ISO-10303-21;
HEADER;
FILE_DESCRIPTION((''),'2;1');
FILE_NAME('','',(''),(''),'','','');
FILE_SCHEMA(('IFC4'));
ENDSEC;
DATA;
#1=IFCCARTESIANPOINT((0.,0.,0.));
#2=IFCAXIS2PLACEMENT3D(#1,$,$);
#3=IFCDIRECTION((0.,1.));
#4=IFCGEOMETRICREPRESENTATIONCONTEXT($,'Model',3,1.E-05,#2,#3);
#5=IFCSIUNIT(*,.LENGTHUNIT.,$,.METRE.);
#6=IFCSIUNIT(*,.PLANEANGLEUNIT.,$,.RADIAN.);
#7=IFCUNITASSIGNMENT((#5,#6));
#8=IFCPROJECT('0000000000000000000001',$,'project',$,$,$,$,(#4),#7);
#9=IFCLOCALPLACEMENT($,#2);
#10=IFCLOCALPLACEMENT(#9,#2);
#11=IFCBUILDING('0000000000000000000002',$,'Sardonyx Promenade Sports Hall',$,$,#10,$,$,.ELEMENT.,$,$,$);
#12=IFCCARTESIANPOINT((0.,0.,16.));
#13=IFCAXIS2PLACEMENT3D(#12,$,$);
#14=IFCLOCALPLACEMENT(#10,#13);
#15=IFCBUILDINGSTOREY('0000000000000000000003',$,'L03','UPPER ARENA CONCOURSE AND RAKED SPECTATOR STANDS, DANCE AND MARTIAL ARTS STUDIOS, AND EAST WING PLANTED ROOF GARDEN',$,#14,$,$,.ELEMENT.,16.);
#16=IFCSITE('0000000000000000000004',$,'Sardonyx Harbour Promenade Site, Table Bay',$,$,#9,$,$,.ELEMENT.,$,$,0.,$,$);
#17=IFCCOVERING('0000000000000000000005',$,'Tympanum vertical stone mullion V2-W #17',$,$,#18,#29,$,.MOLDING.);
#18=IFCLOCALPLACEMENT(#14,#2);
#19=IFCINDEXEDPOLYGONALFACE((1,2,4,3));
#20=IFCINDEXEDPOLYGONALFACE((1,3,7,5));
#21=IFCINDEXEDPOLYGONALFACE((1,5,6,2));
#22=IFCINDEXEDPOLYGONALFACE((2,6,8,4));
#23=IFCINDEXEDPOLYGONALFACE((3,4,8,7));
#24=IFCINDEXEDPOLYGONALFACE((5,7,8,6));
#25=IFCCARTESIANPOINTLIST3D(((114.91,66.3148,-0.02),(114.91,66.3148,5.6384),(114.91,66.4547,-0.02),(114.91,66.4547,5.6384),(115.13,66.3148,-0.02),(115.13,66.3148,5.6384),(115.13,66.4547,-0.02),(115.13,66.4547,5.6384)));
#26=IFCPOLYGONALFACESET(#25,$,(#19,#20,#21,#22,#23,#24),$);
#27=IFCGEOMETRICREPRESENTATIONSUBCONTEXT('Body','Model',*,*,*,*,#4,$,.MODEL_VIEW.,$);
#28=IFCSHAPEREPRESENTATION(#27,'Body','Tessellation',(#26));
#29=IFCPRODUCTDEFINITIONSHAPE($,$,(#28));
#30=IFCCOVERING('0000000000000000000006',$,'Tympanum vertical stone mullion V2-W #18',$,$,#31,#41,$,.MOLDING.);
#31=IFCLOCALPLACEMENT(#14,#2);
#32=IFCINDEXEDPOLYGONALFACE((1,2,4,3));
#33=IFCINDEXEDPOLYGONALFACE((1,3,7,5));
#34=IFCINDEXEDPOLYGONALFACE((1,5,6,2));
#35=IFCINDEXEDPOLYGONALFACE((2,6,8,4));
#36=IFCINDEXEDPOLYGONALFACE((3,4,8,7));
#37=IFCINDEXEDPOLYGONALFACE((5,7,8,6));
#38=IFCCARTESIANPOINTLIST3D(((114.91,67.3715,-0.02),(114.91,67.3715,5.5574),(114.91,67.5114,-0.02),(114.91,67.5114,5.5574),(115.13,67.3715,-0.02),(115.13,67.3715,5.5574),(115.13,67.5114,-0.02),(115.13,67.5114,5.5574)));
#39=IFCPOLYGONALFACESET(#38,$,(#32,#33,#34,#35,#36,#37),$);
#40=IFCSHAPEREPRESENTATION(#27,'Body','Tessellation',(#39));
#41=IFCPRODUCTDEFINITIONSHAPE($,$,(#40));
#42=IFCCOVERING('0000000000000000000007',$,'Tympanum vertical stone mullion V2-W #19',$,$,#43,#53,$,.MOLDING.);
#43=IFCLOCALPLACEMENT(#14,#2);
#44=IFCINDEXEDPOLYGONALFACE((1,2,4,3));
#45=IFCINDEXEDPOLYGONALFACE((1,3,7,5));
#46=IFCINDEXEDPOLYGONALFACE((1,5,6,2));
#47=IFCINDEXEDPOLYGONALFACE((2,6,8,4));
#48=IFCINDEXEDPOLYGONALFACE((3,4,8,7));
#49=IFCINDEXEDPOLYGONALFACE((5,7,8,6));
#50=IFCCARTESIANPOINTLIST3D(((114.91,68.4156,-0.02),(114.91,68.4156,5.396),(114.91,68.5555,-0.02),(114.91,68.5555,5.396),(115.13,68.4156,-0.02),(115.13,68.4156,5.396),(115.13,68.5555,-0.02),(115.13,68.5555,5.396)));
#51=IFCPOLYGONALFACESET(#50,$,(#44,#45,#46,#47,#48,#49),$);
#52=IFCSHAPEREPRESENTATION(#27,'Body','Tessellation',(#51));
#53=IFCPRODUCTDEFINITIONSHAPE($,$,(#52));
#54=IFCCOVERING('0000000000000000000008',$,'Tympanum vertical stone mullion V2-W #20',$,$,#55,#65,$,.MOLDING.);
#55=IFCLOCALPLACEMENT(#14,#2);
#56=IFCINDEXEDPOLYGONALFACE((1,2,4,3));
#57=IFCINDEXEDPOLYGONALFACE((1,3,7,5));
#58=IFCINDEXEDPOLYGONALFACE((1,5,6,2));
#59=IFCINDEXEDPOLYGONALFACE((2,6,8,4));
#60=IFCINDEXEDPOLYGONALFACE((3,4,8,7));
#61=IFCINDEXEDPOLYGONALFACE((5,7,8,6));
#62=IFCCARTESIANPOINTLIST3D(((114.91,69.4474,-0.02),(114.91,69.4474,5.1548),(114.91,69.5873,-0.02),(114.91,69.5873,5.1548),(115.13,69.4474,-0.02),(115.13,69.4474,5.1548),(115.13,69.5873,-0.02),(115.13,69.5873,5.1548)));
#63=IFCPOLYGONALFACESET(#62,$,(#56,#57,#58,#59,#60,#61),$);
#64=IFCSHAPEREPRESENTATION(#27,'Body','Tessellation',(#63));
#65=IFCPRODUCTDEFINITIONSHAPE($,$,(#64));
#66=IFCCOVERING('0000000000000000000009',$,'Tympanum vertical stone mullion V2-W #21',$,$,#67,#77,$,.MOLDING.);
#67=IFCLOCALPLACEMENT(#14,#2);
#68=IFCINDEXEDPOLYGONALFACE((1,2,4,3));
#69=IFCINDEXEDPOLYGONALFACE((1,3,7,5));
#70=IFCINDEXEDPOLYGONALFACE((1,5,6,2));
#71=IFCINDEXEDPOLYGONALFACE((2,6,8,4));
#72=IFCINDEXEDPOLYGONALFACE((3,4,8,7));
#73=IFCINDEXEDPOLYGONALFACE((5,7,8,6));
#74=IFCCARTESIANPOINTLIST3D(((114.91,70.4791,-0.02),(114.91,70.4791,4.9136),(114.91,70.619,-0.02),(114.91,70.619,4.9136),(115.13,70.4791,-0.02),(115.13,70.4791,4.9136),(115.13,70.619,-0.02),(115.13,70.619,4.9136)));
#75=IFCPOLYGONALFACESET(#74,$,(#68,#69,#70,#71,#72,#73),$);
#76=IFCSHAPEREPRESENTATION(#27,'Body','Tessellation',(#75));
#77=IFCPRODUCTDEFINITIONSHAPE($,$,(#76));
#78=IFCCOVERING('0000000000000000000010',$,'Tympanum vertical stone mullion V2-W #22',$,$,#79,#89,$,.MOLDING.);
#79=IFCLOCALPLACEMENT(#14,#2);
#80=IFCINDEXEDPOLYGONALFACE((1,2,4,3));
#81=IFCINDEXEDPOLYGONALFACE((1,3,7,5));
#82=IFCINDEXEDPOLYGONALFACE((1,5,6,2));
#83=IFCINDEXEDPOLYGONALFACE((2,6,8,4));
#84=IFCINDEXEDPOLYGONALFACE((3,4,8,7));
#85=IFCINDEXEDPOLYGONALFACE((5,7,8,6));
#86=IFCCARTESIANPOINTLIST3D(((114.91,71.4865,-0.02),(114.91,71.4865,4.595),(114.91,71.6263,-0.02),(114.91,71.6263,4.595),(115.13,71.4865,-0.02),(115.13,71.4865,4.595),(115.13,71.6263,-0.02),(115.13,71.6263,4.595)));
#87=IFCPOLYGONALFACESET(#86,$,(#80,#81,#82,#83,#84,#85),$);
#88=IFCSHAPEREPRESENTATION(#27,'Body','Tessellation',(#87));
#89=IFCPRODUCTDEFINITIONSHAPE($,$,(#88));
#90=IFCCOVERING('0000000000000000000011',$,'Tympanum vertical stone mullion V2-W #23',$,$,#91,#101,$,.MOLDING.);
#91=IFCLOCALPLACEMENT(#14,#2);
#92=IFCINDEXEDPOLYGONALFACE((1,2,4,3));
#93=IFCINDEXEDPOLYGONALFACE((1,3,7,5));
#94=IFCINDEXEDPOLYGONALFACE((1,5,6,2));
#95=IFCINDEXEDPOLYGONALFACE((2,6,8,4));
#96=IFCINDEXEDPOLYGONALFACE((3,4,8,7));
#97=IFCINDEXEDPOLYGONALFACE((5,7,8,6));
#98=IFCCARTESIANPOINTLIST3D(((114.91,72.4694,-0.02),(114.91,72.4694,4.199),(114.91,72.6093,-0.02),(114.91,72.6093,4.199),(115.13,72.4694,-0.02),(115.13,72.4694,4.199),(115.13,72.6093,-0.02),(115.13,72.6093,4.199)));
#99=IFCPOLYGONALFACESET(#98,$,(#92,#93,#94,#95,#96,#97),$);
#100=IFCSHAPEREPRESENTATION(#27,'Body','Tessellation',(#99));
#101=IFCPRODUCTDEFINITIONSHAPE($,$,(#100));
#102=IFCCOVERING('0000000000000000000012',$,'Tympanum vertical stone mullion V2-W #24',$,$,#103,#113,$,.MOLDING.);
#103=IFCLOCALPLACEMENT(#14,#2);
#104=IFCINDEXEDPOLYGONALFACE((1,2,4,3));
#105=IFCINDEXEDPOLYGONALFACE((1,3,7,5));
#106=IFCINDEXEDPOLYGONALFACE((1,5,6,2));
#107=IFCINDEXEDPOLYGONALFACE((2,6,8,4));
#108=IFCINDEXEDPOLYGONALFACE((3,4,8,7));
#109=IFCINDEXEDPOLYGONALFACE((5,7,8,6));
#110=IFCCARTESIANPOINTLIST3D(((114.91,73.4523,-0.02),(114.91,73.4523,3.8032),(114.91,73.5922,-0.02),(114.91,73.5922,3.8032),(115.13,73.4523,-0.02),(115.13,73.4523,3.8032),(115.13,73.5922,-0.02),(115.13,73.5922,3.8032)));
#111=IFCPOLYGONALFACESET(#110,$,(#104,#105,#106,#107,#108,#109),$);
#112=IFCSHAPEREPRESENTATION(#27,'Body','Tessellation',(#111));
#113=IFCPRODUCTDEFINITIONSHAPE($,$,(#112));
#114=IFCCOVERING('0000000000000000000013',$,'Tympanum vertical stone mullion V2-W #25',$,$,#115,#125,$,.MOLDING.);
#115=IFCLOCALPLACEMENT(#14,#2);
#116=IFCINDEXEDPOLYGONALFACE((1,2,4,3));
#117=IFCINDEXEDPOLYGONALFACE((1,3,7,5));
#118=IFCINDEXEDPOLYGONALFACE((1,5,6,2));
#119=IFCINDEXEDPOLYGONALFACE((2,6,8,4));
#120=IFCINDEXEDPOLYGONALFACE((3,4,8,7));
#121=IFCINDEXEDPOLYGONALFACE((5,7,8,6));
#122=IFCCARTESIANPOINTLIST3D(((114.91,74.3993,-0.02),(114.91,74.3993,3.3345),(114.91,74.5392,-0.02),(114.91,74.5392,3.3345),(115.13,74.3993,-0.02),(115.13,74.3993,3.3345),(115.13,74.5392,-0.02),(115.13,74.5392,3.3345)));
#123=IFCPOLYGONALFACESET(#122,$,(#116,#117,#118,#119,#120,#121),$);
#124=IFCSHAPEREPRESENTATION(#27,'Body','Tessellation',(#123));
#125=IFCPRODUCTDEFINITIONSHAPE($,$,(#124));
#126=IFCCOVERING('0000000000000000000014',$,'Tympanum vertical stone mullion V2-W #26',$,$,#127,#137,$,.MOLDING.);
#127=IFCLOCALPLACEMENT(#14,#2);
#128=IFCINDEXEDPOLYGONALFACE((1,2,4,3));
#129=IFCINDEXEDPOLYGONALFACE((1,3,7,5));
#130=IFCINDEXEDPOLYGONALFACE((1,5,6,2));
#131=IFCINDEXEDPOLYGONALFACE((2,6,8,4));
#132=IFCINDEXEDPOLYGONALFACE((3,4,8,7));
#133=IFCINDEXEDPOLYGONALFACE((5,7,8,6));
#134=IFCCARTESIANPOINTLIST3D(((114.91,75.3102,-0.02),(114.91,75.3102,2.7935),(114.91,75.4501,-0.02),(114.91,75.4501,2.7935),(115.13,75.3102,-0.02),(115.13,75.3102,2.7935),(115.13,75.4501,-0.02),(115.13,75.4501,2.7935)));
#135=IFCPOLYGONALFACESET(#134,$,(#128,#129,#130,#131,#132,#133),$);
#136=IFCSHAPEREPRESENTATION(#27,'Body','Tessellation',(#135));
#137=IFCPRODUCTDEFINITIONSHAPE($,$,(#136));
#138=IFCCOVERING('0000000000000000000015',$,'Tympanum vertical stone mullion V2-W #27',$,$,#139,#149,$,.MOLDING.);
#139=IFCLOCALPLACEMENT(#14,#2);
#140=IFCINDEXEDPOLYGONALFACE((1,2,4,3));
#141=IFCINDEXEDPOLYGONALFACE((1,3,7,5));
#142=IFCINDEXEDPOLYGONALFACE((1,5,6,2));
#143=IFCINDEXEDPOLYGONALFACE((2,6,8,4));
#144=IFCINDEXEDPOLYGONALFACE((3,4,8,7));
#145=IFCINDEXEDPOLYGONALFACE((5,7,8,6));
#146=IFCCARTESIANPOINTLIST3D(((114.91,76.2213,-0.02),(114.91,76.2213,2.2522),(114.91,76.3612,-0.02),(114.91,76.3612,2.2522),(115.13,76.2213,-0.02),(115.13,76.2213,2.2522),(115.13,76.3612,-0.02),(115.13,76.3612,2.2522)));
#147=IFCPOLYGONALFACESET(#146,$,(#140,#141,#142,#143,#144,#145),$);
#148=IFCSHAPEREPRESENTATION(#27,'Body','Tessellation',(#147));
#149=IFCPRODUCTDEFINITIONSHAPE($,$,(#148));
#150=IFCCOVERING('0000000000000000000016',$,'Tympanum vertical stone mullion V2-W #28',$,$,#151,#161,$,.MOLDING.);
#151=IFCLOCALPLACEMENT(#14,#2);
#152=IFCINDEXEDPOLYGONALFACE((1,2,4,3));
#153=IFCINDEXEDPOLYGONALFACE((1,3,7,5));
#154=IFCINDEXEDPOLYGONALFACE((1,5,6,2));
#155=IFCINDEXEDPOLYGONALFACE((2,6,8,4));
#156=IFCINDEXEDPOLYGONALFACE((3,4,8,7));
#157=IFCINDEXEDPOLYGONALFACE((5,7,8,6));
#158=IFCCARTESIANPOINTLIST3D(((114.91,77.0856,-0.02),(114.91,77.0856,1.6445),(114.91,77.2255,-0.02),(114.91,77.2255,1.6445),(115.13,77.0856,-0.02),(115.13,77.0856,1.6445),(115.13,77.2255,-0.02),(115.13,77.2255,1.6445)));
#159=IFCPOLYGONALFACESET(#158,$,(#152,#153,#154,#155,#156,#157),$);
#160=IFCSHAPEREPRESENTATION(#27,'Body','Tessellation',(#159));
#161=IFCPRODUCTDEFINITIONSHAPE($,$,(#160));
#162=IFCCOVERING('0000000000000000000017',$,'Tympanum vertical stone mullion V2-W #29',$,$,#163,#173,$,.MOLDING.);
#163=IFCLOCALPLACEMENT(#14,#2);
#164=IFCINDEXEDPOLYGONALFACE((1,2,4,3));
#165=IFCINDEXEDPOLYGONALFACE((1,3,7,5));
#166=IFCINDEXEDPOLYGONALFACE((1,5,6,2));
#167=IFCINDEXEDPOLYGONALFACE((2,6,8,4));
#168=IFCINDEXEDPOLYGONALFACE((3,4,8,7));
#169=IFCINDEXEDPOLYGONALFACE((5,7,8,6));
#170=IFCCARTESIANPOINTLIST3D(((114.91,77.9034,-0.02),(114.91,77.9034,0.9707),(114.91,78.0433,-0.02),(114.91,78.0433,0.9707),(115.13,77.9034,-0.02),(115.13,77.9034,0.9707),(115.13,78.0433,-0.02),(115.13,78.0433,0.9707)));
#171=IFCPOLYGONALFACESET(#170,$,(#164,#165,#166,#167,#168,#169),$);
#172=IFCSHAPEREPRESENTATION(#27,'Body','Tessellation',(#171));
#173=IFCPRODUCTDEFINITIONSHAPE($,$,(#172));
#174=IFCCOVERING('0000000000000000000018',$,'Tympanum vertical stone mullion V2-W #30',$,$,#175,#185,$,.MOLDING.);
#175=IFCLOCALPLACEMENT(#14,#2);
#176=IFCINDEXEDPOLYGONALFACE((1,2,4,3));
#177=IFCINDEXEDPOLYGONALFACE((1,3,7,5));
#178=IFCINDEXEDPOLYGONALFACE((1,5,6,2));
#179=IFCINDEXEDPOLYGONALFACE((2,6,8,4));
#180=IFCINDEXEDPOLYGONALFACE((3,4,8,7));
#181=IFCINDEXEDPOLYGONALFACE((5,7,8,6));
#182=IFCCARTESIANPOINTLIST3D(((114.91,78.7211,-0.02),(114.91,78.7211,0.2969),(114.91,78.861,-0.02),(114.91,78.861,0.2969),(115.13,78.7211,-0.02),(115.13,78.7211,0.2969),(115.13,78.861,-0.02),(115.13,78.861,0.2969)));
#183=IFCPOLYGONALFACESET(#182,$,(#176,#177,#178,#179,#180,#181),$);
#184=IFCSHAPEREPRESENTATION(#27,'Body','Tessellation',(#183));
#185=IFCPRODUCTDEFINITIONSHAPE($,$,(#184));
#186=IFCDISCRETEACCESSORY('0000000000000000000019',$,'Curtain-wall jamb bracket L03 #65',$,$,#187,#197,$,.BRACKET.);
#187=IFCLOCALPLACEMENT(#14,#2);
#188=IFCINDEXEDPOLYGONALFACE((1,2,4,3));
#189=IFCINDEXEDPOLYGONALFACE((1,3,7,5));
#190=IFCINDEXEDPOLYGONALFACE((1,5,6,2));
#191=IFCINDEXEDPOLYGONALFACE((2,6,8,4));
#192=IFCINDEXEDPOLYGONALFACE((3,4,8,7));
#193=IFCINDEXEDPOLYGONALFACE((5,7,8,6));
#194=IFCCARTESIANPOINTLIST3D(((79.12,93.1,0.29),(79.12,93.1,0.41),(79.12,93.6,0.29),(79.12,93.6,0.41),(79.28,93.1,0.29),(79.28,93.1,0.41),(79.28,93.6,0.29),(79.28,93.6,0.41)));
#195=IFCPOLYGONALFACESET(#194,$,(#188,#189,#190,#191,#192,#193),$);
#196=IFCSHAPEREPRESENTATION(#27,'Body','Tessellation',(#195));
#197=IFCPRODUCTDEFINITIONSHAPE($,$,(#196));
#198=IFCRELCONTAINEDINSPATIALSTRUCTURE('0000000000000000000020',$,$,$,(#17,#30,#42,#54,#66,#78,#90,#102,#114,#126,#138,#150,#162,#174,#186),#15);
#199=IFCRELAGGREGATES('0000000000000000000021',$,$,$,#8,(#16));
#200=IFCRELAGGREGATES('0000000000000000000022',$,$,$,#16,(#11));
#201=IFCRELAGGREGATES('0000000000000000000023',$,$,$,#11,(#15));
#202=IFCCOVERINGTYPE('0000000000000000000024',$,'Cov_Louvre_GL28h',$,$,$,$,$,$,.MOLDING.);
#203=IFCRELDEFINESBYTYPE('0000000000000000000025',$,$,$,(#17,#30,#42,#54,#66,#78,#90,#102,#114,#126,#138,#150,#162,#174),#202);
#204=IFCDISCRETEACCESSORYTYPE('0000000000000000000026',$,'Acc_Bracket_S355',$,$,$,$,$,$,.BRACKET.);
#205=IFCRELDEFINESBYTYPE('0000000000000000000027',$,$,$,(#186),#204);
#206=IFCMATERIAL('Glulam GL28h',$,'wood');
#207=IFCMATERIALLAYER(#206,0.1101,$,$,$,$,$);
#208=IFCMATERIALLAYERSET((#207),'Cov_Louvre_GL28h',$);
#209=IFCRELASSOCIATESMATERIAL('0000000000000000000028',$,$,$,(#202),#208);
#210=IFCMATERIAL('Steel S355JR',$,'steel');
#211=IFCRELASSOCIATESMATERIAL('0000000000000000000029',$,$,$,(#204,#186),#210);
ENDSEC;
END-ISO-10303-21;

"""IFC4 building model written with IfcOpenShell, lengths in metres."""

from ifc_helpers import new_model, si_unit, direction, frame, origin, origin_2d, place, context, subcontext, project, spatial, rectangle, extrude, material, layer, layer_set, type_object, element, save


model = new_model("IFC4")

# Units and contexts
model_context = context("Model", 3, precision=1e-05, world=origin(), true_north=direction((0.0, 1.0)))
body_context = subcontext(model_context, "Body", "Model", "MODEL_VIEW")
ifc_project = project(units=[si_unit("LENGTHUNIT", "METRE"), si_unit("PLANEANGLEUNIT", "RADIAN")], contexts=[model_context])

# Site, building, storey
site_placement = place(None, origin())
site = spatial("IfcSite", under=ifc_project, at=site_placement, Name="Sardonyx Harbour Promenade Site, Table Bay", CompositionType="ELEMENT", RefElevation=0.0)
building_placement = place(site_placement, origin())
building = spatial("IfcBuilding", under=site, at=building_placement, Name="Sardonyx Promenade Sports Hall", CompositionType="ELEMENT")
storey_placement = place(building_placement, frame((0.0, 0.0, 16.0)))
storey = spatial("IfcBuildingStorey", under=building, at=storey_placement, Name="L03", Description="UPPER ARENA CONCOURSE AND RAKED SPECTATOR STANDS, DANCE AND MARTIAL ARTS STUDIOS, AND EAST WING PLANTED ROOF GARDEN", CompositionType="ELEMENT", Elevation=16.0)

# Coverings
ifc_material_1 = material(Name="Glulam GL28h", Category="wood")
ifc_layer_1 = layer(ifc_material_1, 0.1101)
ifc_layer_set_1 = layer_set([ifc_layer_1], Name="Cov_Louvre_GL28h")
covering_type = type_object("IfcCoveringType", Name="Cov_Louvre_GL28h", PredefinedType="MOLDING", material=ifc_layer_set_1)
covering_1_placement = place(storey_placement, frame((115.02, 66.3848, -0.02), z_axis=(0.0, 0.0, 1.0), x_axis=(1.0, 0.0, 0.0)))
element("IfcCovering", 1, at=covering_1_placement, inside=storey, type_object=covering_type, Name="Tympanum vertical stone mullion V2-W #17", PredefinedType="MOLDING", context=body_context, shape_type="SweptSolid", body=[
    extrude(rectangle(XDim=0.22, YDim=0.1399, at=origin_2d()), origin(), (0.0, 0.0, 1.0), 5.6584),
])
covering_2_placement = place(storey_placement, frame((115.02, 67.4414, -0.02), z_axis=(0.0, 0.0, 1.0), x_axis=(1.0, 0.0, 0.0)))
element("IfcCovering", 2, at=covering_2_placement, inside=storey, type_object=covering_type, Name="Tympanum vertical stone mullion V2-W #18", PredefinedType="MOLDING", context=body_context, shape_type="SweptSolid", body=[
    extrude(rectangle(XDim=0.22, YDim=0.1399, at=origin_2d()), origin(), (0.0, 0.0, 1.0), 5.5774),
])
covering_3_placement = place(storey_placement, frame((115.02, 68.4856, -0.02), z_axis=(0.0, 0.0, 1.0), x_axis=(1.0, 0.0, 0.0)))
element("IfcCovering", 3, at=covering_3_placement, inside=storey, type_object=covering_type, Name="Tympanum vertical stone mullion V2-W #19", PredefinedType="MOLDING", context=body_context, shape_type="SweptSolid", body=[
    extrude(rectangle(XDim=0.22, YDim=0.1399, at=origin_2d()), origin(), (0.0, 0.0, 1.0), 5.416),
])
covering_4_placement = place(storey_placement, frame((115.02, 69.5173, -0.02), z_axis=(0.0, 0.0, 1.0), x_axis=(1.0, 0.0, 0.0)))
element("IfcCovering", 4, at=covering_4_placement, inside=storey, type_object=covering_type, Name="Tympanum vertical stone mullion V2-W #20", PredefinedType="MOLDING", context=body_context, shape_type="SweptSolid", body=[
    extrude(rectangle(XDim=0.22, YDim=0.1399, at=origin_2d()), origin(), (0.0, 0.0, 1.0), 5.1748),
])
covering_5_placement = place(storey_placement, frame((115.02, 70.5491, -0.02), z_axis=(0.0, 0.0, 1.0), x_axis=(1.0, 0.0, 0.0)))
element("IfcCovering", 5, at=covering_5_placement, inside=storey, type_object=covering_type, Name="Tympanum vertical stone mullion V2-W #21", PredefinedType="MOLDING", context=body_context, shape_type="SweptSolid", body=[
    extrude(rectangle(XDim=0.22, YDim=0.1399, at=origin_2d()), origin(), (0.0, 0.0, 1.0), 4.9336),
])
covering_6_placement = place(storey_placement, frame((115.02, 71.5564, -0.02), z_axis=(0.0, 0.0, 1.0), x_axis=(1.0, 0.0, 0.0)))
element("IfcCovering", 6, at=covering_6_placement, inside=storey, type_object=covering_type, Name="Tympanum vertical stone mullion V2-W #22", PredefinedType="MOLDING", context=body_context, shape_type="SweptSolid", body=[
    extrude(rectangle(XDim=0.22, YDim=0.1399, at=origin_2d()), origin(), (0.0, 0.0, 1.0), 4.615),
])
covering_7_placement = place(storey_placement, frame((115.02, 72.5393, -0.02), z_axis=(0.0, 0.0, 1.0), x_axis=(1.0, 0.0, 0.0)))
element("IfcCovering", 7, at=covering_7_placement, inside=storey, type_object=covering_type, Name="Tympanum vertical stone mullion V2-W #23", PredefinedType="MOLDING", context=body_context, shape_type="SweptSolid", body=[
    extrude(rectangle(XDim=0.22, YDim=0.1399, at=origin_2d()), origin(), (0.0, 0.0, 1.0), 4.219),
])
covering_8_placement = place(storey_placement, frame((115.02, 73.5222, -0.02), z_axis=(0.0, 0.0, 1.0), x_axis=(1.0, 0.0, 0.0)))
element("IfcCovering", 8, at=covering_8_placement, inside=storey, type_object=covering_type, Name="Tympanum vertical stone mullion V2-W #24", PredefinedType="MOLDING", context=body_context, shape_type="SweptSolid", body=[
    extrude(rectangle(XDim=0.22, YDim=0.1399, at=origin_2d()), origin(), (0.0, 0.0, 1.0), 3.8232),
])
covering_9_placement = place(storey_placement, frame((115.02, 74.4692, -0.02), z_axis=(0.0, 0.0, 1.0), x_axis=(1.0, 0.0, 0.0)))
element("IfcCovering", 9, at=covering_9_placement, inside=storey, type_object=covering_type, Name="Tympanum vertical stone mullion V2-W #25", PredefinedType="MOLDING", context=body_context, shape_type="SweptSolid", body=[
    extrude(rectangle(XDim=0.22, YDim=0.1399, at=origin_2d()), origin(), (0.0, 0.0, 1.0), 3.3545),
])
covering_10_placement = place(storey_placement, frame((115.02, 75.3801, -0.02), z_axis=(0.0, 0.0, 1.0), x_axis=(1.0, 0.0, 0.0)))
element("IfcCovering", 10, at=covering_10_placement, inside=storey, type_object=covering_type, Name="Tympanum vertical stone mullion V2-W #26", PredefinedType="MOLDING", context=body_context, shape_type="SweptSolid", body=[
    extrude(rectangle(XDim=0.22, YDim=0.1399, at=origin_2d()), origin(), (0.0, 0.0, 1.0), 2.8135),
])
covering_11_placement = place(storey_placement, frame((115.02, 76.2913, -0.02), z_axis=(0.0, 0.0, 1.0), x_axis=(1.0, 0.0, 0.0)))
element("IfcCovering", 11, at=covering_11_placement, inside=storey, type_object=covering_type, Name="Tympanum vertical stone mullion V2-W #27", PredefinedType="MOLDING", context=body_context, shape_type="SweptSolid", body=[
    extrude(rectangle(XDim=0.22, YDim=0.1399, at=origin_2d()), origin(), (0.0, 0.0, 1.0), 2.2722),
])
covering_12_placement = place(storey_placement, frame((115.02, 77.1555, -0.02), z_axis=(0.0, 0.0, 1.0), x_axis=(1.0, 0.0, 0.0)))
element("IfcCovering", 12, at=covering_12_placement, inside=storey, type_object=covering_type, Name="Tympanum vertical stone mullion V2-W #28", PredefinedType="MOLDING", context=body_context, shape_type="SweptSolid", body=[
    extrude(rectangle(XDim=0.22, YDim=0.1399, at=origin_2d()), origin(), (0.0, 0.0, 1.0), 1.6646),
])
covering_13_placement = place(storey_placement, frame((115.02, 77.9734, -0.02), z_axis=(0.0, 0.0, 1.0), x_axis=(1.0, 0.0, 0.0)))
element("IfcCovering", 13, at=covering_13_placement, inside=storey, type_object=covering_type, Name="Tympanum vertical stone mullion V2-W #29", PredefinedType="MOLDING", context=body_context, shape_type="SweptSolid", body=[
    extrude(rectangle(XDim=0.22, YDim=0.1399, at=origin_2d()), origin(), (0.0, 0.0, 1.0), 0.9907),
])
covering_14_placement = place(storey_placement, frame((115.02, 78.791, -0.02), z_axis=(0.0, 0.0, 1.0), x_axis=(1.0, 0.0, 0.0)))
element("IfcCovering", 14, at=covering_14_placement, inside=storey, type_object=covering_type, Name="Tympanum vertical stone mullion V2-W #30", PredefinedType="MOLDING", context=body_context, shape_type="SweptSolid", body=[
    extrude(rectangle(XDim=0.22, YDim=0.1399, at=origin_2d()), origin(), (0.0, 0.0, 1.0), 0.3169),
])

# Discrete accessory
ifc_material_2 = material(Name="Steel S355JR", Category="steel")
discrete_accessory_type = type_object("IfcDiscreteAccessoryType", Name="Acc_Bracket_S355", PredefinedType="BRACKET", material=ifc_material_2)
for number, where, z_axis, x_axis, name in (
    (15, (79.2, 93.35, 0.29), (0.0, 0.0, 1.0), (0.0, -1.0, 0.0), "Curtain-wall jamb bracket L03 #65"),
):
    element("IfcDiscreteAccessory", number, at=place(storey_placement, frame(where, z_axis=z_axis, x_axis=x_axis)), inside=storey, type_object=discrete_accessory_type, material=ifc_material_2, Name=name, PredefinedType="BRACKET", context=body_context, shape_type="SweptSolid", body=[
        extrude(rectangle(XDim=0.5, YDim=0.16), origin(), (0.0, 0.0, 1.0), 0.12),
    ])

save(model, "model.ifc")
